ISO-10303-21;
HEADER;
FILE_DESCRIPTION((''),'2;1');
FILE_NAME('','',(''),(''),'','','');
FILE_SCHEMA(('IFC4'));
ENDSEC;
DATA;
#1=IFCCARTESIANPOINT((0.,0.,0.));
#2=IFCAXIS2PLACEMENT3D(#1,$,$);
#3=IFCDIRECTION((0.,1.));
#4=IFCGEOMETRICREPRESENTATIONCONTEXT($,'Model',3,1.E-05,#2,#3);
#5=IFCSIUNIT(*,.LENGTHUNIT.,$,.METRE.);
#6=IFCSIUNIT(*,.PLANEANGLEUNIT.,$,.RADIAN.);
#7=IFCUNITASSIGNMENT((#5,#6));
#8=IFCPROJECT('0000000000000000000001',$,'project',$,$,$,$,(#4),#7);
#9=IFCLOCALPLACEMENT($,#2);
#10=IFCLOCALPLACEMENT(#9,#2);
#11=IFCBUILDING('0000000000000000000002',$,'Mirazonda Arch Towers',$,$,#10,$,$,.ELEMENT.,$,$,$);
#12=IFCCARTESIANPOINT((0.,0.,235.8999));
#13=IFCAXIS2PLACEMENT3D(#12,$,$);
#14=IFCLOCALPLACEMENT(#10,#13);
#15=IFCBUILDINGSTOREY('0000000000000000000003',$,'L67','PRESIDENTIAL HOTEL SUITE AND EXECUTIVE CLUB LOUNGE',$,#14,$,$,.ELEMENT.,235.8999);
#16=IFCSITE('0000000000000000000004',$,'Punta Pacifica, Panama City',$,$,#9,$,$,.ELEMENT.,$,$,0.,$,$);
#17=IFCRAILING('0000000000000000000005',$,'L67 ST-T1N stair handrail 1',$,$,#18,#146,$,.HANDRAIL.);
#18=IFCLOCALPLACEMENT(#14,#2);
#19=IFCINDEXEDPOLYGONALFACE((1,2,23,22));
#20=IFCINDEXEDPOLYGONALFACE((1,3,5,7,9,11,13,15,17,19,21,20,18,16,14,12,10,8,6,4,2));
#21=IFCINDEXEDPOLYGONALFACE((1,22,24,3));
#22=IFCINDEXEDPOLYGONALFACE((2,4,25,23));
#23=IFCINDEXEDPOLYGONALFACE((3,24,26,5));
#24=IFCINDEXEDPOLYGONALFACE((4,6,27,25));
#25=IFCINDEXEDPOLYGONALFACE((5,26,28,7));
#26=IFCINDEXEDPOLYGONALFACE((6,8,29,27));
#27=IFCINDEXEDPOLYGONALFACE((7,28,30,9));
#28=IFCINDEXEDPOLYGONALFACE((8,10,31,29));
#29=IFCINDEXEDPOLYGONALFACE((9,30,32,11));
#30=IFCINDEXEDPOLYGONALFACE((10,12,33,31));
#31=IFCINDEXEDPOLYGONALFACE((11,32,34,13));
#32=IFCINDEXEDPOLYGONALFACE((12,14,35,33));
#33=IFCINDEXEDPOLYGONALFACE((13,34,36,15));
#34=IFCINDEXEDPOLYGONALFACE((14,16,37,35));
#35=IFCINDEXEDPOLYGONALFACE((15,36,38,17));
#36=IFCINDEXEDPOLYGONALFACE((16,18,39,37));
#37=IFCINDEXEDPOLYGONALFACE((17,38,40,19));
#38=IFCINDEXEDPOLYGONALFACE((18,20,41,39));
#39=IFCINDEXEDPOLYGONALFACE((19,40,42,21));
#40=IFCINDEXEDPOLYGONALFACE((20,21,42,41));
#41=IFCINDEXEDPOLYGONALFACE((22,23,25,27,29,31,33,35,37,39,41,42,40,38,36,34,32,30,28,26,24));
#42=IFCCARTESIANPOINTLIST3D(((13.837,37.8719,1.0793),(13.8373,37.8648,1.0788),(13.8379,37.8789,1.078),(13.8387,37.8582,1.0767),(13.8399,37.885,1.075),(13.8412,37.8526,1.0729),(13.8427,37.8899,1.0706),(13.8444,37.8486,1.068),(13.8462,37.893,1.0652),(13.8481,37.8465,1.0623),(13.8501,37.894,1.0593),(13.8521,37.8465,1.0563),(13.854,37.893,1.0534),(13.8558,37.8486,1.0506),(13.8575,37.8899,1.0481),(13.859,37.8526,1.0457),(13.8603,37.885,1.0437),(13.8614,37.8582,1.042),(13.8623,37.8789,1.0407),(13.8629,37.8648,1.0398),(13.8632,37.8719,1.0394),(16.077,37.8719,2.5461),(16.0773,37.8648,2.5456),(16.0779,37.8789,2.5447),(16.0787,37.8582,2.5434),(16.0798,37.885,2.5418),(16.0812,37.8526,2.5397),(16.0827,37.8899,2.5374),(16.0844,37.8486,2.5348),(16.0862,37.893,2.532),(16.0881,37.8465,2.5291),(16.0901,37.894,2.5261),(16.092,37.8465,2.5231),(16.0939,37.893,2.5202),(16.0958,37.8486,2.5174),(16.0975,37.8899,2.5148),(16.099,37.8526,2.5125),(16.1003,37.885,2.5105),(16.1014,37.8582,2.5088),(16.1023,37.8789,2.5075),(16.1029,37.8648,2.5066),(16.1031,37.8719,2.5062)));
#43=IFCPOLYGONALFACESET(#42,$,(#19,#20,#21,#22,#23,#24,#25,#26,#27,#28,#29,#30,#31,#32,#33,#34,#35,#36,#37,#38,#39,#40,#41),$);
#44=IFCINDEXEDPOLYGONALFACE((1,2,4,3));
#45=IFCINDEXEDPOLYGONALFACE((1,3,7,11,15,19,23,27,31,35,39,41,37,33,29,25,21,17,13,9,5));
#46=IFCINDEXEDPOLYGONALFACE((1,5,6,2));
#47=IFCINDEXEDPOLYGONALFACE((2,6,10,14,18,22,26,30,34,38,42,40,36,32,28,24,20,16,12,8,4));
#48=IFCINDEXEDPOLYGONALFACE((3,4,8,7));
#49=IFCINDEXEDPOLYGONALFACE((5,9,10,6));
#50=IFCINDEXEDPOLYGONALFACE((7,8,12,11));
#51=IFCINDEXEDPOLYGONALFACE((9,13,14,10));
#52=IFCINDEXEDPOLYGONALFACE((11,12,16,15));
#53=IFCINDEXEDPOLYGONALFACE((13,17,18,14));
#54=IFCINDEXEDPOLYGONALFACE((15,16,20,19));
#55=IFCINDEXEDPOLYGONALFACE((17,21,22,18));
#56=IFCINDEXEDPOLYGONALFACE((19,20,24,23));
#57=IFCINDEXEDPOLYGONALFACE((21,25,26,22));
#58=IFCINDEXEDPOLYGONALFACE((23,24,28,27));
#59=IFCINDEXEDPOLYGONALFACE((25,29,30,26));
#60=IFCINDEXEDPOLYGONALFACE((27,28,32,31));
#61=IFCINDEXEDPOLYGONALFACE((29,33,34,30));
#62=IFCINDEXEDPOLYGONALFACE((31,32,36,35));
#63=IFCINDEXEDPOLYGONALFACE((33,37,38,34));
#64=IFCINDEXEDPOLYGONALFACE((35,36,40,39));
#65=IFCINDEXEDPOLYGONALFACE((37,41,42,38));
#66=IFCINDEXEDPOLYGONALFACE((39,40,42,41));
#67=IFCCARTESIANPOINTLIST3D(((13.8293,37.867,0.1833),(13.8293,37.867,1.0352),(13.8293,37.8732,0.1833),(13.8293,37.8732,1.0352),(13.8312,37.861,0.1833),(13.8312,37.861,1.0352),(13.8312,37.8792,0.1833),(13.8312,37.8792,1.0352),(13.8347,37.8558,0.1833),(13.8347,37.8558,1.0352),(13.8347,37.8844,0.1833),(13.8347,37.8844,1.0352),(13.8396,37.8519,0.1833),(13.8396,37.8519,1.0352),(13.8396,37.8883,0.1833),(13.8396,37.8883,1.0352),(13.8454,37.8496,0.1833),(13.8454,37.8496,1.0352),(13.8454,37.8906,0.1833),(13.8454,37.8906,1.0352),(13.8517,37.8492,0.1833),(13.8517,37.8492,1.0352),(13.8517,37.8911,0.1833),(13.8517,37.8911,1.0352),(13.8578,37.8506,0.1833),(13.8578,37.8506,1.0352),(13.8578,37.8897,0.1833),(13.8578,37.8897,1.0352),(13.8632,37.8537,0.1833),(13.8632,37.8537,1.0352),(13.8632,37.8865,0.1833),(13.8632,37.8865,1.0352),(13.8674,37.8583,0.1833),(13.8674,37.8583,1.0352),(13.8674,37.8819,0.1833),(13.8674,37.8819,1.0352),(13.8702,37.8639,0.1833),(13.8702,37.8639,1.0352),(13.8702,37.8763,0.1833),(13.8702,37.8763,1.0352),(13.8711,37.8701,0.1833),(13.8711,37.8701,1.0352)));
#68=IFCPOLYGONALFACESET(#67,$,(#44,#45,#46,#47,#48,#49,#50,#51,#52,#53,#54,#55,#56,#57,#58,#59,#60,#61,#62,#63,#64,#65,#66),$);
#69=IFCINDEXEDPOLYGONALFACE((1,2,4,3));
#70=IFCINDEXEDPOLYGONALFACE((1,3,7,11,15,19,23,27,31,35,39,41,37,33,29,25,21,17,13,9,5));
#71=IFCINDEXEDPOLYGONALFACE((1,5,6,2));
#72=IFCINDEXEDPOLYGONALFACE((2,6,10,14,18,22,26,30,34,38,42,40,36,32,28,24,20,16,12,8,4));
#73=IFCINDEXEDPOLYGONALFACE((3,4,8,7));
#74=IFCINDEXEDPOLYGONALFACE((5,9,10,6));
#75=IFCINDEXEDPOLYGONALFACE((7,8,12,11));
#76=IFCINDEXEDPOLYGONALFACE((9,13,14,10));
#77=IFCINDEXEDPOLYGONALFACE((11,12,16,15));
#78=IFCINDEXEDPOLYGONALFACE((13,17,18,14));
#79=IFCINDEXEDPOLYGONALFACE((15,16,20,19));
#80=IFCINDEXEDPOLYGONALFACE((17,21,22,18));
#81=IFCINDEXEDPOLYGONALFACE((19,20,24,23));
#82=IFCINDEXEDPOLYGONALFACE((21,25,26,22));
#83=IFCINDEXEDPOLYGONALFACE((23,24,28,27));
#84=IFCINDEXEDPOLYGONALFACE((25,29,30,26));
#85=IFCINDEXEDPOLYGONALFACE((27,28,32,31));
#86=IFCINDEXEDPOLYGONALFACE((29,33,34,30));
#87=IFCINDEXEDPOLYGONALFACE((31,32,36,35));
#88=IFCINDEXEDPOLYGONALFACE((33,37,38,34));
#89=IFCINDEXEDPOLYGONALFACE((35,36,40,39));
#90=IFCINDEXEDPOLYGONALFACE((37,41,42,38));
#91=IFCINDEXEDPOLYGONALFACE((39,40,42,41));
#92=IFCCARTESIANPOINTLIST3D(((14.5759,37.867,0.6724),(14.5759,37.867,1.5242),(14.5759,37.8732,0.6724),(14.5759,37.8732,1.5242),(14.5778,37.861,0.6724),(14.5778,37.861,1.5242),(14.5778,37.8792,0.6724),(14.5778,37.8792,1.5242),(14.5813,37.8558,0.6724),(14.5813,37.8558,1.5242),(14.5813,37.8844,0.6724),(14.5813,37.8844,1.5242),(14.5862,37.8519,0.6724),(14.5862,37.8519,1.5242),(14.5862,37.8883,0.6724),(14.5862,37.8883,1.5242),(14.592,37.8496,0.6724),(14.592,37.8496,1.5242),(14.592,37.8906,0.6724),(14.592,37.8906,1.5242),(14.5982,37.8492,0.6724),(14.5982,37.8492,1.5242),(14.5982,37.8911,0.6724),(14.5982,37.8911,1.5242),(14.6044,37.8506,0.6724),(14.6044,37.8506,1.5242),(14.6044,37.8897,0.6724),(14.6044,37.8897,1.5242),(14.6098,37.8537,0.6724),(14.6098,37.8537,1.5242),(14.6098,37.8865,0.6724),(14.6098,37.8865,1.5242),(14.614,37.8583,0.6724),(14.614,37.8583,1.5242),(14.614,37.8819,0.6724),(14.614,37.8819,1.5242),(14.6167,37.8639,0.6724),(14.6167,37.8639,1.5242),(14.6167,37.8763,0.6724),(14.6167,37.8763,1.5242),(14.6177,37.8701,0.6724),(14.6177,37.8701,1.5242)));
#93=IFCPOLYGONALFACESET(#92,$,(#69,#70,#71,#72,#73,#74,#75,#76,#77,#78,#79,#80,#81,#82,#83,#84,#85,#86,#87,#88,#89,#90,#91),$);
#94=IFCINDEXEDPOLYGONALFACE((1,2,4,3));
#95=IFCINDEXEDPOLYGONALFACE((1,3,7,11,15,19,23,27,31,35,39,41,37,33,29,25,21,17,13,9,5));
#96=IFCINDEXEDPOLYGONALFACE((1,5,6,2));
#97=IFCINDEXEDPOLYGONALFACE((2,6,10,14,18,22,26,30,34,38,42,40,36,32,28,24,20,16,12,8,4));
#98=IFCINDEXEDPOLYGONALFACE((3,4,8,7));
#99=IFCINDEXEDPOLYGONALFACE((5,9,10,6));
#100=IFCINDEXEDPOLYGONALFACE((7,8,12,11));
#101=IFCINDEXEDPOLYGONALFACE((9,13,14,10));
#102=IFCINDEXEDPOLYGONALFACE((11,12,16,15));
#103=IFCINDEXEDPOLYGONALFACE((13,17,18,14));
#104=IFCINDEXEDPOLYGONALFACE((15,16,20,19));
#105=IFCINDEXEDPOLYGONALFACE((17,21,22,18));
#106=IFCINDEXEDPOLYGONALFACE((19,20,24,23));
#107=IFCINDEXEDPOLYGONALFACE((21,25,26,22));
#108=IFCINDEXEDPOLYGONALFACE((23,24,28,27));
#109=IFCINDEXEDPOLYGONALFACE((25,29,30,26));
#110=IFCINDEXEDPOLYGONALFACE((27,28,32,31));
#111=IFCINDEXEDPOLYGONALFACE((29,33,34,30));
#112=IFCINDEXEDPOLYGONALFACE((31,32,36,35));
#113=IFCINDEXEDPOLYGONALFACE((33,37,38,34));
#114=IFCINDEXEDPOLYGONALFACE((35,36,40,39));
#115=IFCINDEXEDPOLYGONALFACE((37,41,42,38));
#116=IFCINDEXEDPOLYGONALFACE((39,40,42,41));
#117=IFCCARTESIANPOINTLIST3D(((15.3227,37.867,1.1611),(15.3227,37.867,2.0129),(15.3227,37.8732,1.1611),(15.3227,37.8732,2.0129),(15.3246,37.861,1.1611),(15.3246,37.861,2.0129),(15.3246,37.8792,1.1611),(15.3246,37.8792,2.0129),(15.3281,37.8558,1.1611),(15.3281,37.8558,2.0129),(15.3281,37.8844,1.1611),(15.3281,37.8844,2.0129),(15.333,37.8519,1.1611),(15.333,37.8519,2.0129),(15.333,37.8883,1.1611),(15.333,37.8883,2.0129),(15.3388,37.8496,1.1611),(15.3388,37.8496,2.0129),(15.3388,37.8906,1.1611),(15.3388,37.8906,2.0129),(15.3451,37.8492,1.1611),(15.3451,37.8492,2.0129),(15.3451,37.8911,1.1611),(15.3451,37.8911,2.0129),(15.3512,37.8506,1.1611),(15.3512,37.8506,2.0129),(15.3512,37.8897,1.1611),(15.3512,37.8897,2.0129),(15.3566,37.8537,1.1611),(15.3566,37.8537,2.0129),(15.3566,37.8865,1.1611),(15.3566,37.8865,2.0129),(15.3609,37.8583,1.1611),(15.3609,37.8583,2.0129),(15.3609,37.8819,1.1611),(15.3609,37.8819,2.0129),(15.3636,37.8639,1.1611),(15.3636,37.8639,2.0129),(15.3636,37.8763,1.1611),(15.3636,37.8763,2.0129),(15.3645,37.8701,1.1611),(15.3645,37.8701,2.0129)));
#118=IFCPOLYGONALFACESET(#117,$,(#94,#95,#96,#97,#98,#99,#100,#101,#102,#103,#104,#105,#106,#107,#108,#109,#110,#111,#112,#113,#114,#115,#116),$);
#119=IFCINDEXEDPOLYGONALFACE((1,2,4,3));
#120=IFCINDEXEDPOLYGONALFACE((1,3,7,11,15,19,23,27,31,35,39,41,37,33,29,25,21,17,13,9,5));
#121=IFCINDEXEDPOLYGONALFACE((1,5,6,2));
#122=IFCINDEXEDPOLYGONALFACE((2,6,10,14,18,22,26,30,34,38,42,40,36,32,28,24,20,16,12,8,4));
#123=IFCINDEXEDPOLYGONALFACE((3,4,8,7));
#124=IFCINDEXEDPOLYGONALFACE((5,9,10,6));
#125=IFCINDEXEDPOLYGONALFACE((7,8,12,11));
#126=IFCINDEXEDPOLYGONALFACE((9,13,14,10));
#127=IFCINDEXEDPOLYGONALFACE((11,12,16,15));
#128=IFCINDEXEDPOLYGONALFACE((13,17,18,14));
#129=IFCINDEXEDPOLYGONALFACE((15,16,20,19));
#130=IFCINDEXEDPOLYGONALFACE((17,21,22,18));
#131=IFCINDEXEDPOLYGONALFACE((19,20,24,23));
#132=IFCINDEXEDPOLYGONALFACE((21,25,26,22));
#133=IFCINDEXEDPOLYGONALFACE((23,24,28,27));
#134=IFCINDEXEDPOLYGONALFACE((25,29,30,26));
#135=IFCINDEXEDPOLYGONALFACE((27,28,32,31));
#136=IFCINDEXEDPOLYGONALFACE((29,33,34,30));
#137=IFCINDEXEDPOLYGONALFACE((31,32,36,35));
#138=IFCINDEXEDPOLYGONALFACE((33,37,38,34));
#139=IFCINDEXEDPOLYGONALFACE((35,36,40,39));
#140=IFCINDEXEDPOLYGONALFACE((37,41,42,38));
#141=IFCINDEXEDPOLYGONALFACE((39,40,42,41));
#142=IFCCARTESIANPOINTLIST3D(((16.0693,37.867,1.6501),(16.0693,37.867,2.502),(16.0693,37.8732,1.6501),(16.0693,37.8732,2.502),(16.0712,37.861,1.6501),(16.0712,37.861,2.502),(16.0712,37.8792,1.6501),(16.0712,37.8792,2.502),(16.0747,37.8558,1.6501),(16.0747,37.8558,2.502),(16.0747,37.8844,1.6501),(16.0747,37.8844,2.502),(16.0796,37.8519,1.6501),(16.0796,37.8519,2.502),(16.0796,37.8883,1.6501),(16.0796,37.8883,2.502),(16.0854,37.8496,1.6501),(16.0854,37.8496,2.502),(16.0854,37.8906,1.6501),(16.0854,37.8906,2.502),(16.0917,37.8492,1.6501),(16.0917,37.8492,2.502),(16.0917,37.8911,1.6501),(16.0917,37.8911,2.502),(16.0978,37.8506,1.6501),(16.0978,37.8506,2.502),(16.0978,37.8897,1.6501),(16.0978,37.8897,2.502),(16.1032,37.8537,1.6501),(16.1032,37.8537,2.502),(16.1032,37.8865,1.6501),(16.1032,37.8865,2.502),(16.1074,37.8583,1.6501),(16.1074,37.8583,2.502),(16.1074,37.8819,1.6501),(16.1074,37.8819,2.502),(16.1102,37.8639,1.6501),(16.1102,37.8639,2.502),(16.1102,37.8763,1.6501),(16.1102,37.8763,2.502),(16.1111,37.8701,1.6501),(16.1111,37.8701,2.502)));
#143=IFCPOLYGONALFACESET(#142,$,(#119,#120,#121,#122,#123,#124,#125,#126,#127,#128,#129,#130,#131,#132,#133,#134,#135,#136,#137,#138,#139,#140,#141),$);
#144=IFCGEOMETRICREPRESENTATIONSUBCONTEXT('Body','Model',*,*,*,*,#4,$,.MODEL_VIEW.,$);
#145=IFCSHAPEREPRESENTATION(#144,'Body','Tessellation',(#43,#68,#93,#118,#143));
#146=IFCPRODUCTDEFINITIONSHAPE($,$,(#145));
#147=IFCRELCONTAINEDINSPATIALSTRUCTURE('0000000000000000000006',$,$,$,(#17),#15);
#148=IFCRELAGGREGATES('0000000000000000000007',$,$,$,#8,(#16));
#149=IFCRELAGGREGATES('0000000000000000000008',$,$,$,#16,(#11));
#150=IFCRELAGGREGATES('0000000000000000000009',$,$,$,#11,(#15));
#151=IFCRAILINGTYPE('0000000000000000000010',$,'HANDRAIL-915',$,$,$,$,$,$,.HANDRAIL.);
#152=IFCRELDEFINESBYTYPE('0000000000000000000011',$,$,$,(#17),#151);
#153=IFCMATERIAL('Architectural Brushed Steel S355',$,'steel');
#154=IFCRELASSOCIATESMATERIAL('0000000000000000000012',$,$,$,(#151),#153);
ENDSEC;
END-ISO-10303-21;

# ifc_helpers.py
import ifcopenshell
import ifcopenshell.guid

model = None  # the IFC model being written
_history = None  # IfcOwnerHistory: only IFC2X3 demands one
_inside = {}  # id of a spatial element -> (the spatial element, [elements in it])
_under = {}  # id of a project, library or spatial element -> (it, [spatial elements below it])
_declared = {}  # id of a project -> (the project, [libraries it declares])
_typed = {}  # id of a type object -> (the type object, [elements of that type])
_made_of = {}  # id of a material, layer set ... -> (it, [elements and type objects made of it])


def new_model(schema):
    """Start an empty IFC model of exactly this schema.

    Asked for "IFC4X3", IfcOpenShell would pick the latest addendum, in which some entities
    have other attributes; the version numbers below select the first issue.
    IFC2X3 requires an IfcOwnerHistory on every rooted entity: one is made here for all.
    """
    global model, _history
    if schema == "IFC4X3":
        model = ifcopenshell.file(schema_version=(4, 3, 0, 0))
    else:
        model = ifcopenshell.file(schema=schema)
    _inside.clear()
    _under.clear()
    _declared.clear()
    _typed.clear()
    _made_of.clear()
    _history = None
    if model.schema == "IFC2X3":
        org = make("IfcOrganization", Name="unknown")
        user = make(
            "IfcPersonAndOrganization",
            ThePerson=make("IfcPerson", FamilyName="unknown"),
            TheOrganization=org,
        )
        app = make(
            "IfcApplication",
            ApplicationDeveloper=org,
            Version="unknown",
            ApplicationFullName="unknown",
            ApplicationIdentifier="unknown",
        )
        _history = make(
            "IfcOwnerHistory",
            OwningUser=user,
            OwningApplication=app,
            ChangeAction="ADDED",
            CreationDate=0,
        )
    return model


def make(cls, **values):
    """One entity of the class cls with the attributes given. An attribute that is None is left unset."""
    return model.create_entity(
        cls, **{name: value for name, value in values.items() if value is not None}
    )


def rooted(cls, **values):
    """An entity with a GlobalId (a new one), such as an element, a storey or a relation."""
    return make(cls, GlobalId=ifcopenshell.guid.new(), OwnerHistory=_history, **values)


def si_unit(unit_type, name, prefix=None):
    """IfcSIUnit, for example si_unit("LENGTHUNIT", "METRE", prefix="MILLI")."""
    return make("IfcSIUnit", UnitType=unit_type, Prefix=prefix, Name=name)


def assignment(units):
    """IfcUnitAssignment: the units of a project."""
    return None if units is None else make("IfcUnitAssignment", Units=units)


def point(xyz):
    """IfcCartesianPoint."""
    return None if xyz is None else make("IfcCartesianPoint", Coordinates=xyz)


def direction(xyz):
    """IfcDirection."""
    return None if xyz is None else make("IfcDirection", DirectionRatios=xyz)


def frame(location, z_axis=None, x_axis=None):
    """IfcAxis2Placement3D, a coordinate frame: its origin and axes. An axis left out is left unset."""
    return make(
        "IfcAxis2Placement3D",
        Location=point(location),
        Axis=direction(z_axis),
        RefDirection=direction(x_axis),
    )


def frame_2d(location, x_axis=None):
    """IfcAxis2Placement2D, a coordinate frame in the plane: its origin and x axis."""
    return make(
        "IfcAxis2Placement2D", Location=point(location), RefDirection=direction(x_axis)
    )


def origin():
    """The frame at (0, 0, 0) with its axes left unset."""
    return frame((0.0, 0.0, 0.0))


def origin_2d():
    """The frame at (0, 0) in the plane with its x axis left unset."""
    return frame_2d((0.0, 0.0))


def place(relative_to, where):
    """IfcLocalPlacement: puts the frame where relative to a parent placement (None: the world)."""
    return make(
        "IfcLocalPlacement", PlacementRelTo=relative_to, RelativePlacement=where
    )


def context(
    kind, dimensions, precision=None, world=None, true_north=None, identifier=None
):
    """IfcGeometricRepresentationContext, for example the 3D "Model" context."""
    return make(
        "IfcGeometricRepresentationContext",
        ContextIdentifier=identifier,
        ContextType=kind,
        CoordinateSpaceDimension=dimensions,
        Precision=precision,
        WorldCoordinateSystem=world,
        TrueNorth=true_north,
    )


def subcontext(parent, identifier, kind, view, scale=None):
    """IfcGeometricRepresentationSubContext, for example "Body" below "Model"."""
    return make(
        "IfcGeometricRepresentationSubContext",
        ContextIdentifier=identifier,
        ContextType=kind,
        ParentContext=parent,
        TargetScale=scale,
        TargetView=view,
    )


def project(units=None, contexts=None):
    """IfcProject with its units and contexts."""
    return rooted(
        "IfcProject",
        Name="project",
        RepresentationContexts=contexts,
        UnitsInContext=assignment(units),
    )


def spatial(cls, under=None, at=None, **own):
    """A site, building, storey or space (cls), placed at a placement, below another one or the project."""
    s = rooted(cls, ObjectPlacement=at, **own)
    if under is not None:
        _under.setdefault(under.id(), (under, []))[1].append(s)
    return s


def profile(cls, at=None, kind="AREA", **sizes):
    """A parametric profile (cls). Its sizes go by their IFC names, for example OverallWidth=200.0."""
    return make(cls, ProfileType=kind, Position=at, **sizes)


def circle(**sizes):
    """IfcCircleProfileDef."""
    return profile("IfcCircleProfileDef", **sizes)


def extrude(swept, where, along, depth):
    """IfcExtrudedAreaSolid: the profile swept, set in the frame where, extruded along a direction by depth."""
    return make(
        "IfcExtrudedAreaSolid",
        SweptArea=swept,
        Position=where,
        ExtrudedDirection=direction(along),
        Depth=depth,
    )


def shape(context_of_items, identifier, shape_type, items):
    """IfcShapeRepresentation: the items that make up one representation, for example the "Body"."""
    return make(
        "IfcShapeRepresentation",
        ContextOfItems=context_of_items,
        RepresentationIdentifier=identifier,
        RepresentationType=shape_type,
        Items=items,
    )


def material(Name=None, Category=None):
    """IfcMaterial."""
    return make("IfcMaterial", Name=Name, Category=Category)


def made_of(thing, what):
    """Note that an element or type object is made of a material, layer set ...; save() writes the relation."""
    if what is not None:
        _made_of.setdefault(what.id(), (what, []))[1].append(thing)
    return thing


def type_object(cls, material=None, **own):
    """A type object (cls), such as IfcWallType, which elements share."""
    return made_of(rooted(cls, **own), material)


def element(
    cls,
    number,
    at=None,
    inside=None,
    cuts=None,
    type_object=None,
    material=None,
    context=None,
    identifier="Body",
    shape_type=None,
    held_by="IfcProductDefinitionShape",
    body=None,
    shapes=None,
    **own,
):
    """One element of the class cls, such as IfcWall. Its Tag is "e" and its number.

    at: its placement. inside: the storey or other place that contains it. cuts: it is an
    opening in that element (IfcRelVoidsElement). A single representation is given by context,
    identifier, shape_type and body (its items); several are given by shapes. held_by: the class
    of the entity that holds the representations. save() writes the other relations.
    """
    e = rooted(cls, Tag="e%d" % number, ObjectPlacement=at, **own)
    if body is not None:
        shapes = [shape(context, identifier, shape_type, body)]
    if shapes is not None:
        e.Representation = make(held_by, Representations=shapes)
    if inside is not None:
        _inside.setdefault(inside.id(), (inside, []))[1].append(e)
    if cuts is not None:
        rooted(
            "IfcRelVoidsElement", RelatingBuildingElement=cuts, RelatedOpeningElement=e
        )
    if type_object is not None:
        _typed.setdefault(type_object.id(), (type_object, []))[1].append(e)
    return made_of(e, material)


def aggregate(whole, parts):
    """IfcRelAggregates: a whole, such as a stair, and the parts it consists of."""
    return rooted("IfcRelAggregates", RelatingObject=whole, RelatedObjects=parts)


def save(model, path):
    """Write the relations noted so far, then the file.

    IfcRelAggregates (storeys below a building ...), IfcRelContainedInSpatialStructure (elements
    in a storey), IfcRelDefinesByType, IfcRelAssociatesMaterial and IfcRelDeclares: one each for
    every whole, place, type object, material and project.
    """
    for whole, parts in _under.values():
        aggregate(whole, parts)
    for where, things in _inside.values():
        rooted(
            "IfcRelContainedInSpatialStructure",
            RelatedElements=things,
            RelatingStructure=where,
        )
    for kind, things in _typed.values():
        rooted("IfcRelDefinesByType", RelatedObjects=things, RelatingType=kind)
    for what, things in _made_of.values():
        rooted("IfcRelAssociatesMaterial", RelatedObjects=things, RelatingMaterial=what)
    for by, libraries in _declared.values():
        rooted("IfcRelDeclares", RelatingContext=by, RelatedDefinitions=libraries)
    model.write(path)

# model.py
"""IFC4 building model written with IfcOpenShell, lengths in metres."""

from ifc_helpers import new_model, si_unit, direction, frame, origin, origin_2d, place, context, subcontext, project, spatial, circle, extrude, material, type_object, element, save


model = new_model("IFC4")

# Units and contexts
model_context = context("Model", 3, precision=1e-05, world=origin(), true_north=direction((0.0, 1.0)))
body_context = subcontext(model_context, "Body", "Model", "MODEL_VIEW")
ifc_project = project(units=[si_unit("LENGTHUNIT", "METRE"), si_unit("PLANEANGLEUNIT", "RADIAN")], contexts=[model_context])

# Site, building, storey
site_placement = place(None, origin())
site = spatial("IfcSite", under=ifc_project, at=site_placement, Name="Punta Pacifica, Panama City", CompositionType="ELEMENT", RefElevation=0.0)
building_placement = place(site_placement, origin())
building = spatial("IfcBuilding", under=site, at=building_placement, Name="Mirazonda Arch Towers", CompositionType="ELEMENT")
storey_placement = place(building_placement, frame((0.0, 0.0, 235.8999)))
storey = spatial("IfcBuildingStorey", under=building, at=storey_placement, Name="L67", Description="PRESIDENTIAL HOTEL SUITE AND EXECUTIVE CLUB LOUNGE", CompositionType="ELEMENT", Elevation=235.8999)

# Shared definitions
ifc_material_1 = material(Name="Architectural Brushed Steel S355", Category="steel")

# Railing
railing_type_1 = type_object("IfcRailingType", Name="HANDRAIL-915", PredefinedType="HANDRAIL", material=ifc_material_1)
railing_1_placement = place(storey_placement, frame((13.8501, 37.8701, 0.1833)))
element("IfcRailing", 1, at=railing_1_placement, inside=storey, type_object=railing_type_1, Name="L67 ST-T1N stair handrail 1", PredefinedType="HANDRAIL", context=body_context, shape_type="SweptSolid", body=[
    extrude(circle(Radius=0.0239, at=origin_2d()), frame((0.0, 0.0, 0.876), z_axis=(0.836595, 0.0, 0.547822), x_axis=(0.0, 1.0, 0.0)), (0.0, 0.0, 1.0), 2.6775),
    extrude(circle(Radius=0.021, at=origin_2d()), origin(), (0.0, 0.0, 1.0), 0.8518),
    extrude(circle(Radius=0.021, at=origin_2d()), frame((0.7466, 0.0, 0.489)), (0.0, 0.0, 1.0), 0.8518),
    extrude(circle(Radius=0.021, at=origin_2d()), frame((1.4934, 0.0, 0.9778)), (0.0, 0.0, 1.0), 0.8518),
    extrude(circle(Radius=0.021, at=origin_2d()), frame((2.24, 0.0, 1.4668)), (0.0, 0.0, 1.0), 0.8518),
])

save(model, "model.ifc")
